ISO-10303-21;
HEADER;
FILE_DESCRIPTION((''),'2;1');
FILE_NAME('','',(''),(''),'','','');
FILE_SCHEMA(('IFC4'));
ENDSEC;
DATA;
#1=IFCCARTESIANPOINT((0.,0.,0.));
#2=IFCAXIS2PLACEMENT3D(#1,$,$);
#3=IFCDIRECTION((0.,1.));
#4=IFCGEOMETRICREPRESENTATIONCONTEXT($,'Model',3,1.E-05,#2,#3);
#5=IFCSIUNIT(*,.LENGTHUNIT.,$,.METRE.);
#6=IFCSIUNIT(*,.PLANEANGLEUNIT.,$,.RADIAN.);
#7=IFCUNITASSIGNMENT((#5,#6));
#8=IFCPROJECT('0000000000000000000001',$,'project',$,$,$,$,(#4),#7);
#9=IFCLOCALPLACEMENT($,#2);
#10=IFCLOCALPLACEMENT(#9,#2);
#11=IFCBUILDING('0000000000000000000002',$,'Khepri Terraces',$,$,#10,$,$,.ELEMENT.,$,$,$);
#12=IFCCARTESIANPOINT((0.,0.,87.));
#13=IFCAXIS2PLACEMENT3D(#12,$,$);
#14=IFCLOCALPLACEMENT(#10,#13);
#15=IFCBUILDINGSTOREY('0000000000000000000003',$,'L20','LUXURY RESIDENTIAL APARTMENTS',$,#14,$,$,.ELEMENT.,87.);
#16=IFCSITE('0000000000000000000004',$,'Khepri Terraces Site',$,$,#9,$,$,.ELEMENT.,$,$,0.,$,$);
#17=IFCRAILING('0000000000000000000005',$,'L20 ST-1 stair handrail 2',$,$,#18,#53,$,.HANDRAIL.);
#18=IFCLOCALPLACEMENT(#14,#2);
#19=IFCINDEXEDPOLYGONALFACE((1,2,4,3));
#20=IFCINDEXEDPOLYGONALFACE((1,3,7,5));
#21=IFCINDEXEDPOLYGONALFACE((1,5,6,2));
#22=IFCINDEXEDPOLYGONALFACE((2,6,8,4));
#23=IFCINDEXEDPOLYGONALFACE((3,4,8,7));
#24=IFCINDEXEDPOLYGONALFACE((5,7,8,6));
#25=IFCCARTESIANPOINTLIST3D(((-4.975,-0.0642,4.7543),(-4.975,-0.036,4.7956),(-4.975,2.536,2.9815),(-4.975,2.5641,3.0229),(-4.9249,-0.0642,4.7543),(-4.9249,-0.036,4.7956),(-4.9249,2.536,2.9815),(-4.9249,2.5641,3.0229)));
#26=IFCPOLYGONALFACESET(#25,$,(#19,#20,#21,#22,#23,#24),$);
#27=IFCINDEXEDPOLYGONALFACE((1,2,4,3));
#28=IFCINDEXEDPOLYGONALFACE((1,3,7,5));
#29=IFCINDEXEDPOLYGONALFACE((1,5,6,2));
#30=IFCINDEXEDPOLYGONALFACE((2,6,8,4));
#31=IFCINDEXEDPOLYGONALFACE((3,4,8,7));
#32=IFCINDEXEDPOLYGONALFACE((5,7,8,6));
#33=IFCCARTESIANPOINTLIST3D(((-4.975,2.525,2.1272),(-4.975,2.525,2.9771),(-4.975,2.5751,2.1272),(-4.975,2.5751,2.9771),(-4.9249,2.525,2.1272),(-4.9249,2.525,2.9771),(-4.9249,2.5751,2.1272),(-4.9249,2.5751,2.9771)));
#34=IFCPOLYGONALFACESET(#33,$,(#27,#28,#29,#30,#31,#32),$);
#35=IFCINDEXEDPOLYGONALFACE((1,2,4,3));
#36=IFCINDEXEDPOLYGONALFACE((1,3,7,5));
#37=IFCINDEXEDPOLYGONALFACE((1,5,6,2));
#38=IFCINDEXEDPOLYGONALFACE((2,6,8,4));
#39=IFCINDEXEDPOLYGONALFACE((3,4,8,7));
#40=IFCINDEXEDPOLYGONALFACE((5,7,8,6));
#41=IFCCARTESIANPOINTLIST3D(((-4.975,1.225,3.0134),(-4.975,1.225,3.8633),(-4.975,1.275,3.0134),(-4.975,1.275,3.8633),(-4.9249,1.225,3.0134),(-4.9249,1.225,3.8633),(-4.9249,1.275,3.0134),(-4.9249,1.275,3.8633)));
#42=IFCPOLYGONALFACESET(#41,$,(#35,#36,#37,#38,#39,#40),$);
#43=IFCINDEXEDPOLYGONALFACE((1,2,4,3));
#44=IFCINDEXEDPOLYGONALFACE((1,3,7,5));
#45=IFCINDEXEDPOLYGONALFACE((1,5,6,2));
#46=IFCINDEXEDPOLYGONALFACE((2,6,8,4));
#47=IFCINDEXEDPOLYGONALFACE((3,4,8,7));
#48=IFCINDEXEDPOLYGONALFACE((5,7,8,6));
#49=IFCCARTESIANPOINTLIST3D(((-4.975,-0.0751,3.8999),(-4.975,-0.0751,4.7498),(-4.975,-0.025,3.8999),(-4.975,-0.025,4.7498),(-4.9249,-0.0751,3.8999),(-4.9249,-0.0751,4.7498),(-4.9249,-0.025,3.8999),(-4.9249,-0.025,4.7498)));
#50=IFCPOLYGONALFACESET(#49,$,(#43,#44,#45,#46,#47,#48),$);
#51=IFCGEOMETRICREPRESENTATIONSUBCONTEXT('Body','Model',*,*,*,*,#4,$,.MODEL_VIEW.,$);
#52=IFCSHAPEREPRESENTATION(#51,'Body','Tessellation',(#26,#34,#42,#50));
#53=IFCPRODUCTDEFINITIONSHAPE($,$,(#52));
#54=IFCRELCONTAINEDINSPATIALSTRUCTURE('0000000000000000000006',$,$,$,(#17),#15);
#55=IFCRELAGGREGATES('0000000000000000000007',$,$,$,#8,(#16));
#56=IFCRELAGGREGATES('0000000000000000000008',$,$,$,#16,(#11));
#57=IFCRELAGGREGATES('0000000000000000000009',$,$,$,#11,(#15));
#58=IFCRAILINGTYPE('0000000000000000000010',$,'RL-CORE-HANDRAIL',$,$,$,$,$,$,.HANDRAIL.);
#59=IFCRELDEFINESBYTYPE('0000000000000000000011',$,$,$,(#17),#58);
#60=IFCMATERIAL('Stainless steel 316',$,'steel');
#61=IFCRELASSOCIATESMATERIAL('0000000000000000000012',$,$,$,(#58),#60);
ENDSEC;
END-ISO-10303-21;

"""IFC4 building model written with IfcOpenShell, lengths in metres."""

from ifc_helpers import new_model, si_unit, direction, frame, origin, origin_2d, place, context, subcontext, project, spatial, rectangle, extrude, material, type_object, element, save


model = new_model("IFC4")

# Units and contexts
model_context = context("Model", 3, precision=1e-05, world=origin(), true_north=direction((0.0, 1.0)))
body_context = subcontext(model_context, "Body", "Model", "MODEL_VIEW")
ifc_project = project(units=[si_unit("LENGTHUNIT", "METRE"), si_unit("PLANEANGLEUNIT", "RADIAN")], contexts=[model_context])

# Site, building, storey
site_placement = place(None, origin())
site = spatial("IfcSite", under=ifc_project, at=site_placement, Name="Khepri Terraces Site", CompositionType="ELEMENT", RefElevation=0.0)
building_placement = place(site_placement, origin())
building = spatial("IfcBuilding", under=site, at=building_placement, Name="Khepri Terraces", CompositionType="ELEMENT")
storey_placement = place(building_placement, frame((0.0, 0.0, 87.0)))
storey = spatial("IfcBuildingStorey", under=building, at=storey_placement, Name="L20", Description="LUXURY RESIDENTIAL APARTMENTS", CompositionType="ELEMENT", Elevation=87.0)

# Railing
ifc_material_1 = material(Name="Stainless steel 316", Category="steel")
railing_type_1 = type_object("IfcRailingType", Name="RL-CORE-HANDRAIL", PredefinedType="HANDRAIL", material=ifc_material_1)
railing_1_placement = place(storey_placement, frame((-4.95, 2.55, 2.1272)))
element("IfcRailing", 1, at=railing_1_placement, inside=storey, type_object=railing_type_1, Name="L20 ST-1 stair handrail 2", PredefinedType="HANDRAIL", context=body_context, shape_type="SweptSolid", body=[
    extrude(rectangle(XDim=0.05, YDim=0.05, at=origin_2d()), frame((0.0, 0.0, 0.875), z_axis=(0.0, -0.82624, 0.563318), x_axis=(1.0, 0.0, 0.0)), (0.0, 0.0, 1.0), 3.147),
    extrude(rectangle(XDim=0.05, YDim=0.05, at=origin_2d()), origin(), (0.0, 0.0, 1.0), 0.8499),
    extrude(rectangle(XDim=0.05, YDim=0.05, at=origin_2d()), frame((0.0, -1.3, 0.8862)), (0.0, 0.0, 1.0), 0.8499),
    extrude(rectangle(XDim=0.05, YDim=0.05, at=origin_2d()), frame((0.0, -2.6001, 1.7727)), (0.0, 0.0, 1.0), 0.8499),
])

save(model, "model.ifc")
